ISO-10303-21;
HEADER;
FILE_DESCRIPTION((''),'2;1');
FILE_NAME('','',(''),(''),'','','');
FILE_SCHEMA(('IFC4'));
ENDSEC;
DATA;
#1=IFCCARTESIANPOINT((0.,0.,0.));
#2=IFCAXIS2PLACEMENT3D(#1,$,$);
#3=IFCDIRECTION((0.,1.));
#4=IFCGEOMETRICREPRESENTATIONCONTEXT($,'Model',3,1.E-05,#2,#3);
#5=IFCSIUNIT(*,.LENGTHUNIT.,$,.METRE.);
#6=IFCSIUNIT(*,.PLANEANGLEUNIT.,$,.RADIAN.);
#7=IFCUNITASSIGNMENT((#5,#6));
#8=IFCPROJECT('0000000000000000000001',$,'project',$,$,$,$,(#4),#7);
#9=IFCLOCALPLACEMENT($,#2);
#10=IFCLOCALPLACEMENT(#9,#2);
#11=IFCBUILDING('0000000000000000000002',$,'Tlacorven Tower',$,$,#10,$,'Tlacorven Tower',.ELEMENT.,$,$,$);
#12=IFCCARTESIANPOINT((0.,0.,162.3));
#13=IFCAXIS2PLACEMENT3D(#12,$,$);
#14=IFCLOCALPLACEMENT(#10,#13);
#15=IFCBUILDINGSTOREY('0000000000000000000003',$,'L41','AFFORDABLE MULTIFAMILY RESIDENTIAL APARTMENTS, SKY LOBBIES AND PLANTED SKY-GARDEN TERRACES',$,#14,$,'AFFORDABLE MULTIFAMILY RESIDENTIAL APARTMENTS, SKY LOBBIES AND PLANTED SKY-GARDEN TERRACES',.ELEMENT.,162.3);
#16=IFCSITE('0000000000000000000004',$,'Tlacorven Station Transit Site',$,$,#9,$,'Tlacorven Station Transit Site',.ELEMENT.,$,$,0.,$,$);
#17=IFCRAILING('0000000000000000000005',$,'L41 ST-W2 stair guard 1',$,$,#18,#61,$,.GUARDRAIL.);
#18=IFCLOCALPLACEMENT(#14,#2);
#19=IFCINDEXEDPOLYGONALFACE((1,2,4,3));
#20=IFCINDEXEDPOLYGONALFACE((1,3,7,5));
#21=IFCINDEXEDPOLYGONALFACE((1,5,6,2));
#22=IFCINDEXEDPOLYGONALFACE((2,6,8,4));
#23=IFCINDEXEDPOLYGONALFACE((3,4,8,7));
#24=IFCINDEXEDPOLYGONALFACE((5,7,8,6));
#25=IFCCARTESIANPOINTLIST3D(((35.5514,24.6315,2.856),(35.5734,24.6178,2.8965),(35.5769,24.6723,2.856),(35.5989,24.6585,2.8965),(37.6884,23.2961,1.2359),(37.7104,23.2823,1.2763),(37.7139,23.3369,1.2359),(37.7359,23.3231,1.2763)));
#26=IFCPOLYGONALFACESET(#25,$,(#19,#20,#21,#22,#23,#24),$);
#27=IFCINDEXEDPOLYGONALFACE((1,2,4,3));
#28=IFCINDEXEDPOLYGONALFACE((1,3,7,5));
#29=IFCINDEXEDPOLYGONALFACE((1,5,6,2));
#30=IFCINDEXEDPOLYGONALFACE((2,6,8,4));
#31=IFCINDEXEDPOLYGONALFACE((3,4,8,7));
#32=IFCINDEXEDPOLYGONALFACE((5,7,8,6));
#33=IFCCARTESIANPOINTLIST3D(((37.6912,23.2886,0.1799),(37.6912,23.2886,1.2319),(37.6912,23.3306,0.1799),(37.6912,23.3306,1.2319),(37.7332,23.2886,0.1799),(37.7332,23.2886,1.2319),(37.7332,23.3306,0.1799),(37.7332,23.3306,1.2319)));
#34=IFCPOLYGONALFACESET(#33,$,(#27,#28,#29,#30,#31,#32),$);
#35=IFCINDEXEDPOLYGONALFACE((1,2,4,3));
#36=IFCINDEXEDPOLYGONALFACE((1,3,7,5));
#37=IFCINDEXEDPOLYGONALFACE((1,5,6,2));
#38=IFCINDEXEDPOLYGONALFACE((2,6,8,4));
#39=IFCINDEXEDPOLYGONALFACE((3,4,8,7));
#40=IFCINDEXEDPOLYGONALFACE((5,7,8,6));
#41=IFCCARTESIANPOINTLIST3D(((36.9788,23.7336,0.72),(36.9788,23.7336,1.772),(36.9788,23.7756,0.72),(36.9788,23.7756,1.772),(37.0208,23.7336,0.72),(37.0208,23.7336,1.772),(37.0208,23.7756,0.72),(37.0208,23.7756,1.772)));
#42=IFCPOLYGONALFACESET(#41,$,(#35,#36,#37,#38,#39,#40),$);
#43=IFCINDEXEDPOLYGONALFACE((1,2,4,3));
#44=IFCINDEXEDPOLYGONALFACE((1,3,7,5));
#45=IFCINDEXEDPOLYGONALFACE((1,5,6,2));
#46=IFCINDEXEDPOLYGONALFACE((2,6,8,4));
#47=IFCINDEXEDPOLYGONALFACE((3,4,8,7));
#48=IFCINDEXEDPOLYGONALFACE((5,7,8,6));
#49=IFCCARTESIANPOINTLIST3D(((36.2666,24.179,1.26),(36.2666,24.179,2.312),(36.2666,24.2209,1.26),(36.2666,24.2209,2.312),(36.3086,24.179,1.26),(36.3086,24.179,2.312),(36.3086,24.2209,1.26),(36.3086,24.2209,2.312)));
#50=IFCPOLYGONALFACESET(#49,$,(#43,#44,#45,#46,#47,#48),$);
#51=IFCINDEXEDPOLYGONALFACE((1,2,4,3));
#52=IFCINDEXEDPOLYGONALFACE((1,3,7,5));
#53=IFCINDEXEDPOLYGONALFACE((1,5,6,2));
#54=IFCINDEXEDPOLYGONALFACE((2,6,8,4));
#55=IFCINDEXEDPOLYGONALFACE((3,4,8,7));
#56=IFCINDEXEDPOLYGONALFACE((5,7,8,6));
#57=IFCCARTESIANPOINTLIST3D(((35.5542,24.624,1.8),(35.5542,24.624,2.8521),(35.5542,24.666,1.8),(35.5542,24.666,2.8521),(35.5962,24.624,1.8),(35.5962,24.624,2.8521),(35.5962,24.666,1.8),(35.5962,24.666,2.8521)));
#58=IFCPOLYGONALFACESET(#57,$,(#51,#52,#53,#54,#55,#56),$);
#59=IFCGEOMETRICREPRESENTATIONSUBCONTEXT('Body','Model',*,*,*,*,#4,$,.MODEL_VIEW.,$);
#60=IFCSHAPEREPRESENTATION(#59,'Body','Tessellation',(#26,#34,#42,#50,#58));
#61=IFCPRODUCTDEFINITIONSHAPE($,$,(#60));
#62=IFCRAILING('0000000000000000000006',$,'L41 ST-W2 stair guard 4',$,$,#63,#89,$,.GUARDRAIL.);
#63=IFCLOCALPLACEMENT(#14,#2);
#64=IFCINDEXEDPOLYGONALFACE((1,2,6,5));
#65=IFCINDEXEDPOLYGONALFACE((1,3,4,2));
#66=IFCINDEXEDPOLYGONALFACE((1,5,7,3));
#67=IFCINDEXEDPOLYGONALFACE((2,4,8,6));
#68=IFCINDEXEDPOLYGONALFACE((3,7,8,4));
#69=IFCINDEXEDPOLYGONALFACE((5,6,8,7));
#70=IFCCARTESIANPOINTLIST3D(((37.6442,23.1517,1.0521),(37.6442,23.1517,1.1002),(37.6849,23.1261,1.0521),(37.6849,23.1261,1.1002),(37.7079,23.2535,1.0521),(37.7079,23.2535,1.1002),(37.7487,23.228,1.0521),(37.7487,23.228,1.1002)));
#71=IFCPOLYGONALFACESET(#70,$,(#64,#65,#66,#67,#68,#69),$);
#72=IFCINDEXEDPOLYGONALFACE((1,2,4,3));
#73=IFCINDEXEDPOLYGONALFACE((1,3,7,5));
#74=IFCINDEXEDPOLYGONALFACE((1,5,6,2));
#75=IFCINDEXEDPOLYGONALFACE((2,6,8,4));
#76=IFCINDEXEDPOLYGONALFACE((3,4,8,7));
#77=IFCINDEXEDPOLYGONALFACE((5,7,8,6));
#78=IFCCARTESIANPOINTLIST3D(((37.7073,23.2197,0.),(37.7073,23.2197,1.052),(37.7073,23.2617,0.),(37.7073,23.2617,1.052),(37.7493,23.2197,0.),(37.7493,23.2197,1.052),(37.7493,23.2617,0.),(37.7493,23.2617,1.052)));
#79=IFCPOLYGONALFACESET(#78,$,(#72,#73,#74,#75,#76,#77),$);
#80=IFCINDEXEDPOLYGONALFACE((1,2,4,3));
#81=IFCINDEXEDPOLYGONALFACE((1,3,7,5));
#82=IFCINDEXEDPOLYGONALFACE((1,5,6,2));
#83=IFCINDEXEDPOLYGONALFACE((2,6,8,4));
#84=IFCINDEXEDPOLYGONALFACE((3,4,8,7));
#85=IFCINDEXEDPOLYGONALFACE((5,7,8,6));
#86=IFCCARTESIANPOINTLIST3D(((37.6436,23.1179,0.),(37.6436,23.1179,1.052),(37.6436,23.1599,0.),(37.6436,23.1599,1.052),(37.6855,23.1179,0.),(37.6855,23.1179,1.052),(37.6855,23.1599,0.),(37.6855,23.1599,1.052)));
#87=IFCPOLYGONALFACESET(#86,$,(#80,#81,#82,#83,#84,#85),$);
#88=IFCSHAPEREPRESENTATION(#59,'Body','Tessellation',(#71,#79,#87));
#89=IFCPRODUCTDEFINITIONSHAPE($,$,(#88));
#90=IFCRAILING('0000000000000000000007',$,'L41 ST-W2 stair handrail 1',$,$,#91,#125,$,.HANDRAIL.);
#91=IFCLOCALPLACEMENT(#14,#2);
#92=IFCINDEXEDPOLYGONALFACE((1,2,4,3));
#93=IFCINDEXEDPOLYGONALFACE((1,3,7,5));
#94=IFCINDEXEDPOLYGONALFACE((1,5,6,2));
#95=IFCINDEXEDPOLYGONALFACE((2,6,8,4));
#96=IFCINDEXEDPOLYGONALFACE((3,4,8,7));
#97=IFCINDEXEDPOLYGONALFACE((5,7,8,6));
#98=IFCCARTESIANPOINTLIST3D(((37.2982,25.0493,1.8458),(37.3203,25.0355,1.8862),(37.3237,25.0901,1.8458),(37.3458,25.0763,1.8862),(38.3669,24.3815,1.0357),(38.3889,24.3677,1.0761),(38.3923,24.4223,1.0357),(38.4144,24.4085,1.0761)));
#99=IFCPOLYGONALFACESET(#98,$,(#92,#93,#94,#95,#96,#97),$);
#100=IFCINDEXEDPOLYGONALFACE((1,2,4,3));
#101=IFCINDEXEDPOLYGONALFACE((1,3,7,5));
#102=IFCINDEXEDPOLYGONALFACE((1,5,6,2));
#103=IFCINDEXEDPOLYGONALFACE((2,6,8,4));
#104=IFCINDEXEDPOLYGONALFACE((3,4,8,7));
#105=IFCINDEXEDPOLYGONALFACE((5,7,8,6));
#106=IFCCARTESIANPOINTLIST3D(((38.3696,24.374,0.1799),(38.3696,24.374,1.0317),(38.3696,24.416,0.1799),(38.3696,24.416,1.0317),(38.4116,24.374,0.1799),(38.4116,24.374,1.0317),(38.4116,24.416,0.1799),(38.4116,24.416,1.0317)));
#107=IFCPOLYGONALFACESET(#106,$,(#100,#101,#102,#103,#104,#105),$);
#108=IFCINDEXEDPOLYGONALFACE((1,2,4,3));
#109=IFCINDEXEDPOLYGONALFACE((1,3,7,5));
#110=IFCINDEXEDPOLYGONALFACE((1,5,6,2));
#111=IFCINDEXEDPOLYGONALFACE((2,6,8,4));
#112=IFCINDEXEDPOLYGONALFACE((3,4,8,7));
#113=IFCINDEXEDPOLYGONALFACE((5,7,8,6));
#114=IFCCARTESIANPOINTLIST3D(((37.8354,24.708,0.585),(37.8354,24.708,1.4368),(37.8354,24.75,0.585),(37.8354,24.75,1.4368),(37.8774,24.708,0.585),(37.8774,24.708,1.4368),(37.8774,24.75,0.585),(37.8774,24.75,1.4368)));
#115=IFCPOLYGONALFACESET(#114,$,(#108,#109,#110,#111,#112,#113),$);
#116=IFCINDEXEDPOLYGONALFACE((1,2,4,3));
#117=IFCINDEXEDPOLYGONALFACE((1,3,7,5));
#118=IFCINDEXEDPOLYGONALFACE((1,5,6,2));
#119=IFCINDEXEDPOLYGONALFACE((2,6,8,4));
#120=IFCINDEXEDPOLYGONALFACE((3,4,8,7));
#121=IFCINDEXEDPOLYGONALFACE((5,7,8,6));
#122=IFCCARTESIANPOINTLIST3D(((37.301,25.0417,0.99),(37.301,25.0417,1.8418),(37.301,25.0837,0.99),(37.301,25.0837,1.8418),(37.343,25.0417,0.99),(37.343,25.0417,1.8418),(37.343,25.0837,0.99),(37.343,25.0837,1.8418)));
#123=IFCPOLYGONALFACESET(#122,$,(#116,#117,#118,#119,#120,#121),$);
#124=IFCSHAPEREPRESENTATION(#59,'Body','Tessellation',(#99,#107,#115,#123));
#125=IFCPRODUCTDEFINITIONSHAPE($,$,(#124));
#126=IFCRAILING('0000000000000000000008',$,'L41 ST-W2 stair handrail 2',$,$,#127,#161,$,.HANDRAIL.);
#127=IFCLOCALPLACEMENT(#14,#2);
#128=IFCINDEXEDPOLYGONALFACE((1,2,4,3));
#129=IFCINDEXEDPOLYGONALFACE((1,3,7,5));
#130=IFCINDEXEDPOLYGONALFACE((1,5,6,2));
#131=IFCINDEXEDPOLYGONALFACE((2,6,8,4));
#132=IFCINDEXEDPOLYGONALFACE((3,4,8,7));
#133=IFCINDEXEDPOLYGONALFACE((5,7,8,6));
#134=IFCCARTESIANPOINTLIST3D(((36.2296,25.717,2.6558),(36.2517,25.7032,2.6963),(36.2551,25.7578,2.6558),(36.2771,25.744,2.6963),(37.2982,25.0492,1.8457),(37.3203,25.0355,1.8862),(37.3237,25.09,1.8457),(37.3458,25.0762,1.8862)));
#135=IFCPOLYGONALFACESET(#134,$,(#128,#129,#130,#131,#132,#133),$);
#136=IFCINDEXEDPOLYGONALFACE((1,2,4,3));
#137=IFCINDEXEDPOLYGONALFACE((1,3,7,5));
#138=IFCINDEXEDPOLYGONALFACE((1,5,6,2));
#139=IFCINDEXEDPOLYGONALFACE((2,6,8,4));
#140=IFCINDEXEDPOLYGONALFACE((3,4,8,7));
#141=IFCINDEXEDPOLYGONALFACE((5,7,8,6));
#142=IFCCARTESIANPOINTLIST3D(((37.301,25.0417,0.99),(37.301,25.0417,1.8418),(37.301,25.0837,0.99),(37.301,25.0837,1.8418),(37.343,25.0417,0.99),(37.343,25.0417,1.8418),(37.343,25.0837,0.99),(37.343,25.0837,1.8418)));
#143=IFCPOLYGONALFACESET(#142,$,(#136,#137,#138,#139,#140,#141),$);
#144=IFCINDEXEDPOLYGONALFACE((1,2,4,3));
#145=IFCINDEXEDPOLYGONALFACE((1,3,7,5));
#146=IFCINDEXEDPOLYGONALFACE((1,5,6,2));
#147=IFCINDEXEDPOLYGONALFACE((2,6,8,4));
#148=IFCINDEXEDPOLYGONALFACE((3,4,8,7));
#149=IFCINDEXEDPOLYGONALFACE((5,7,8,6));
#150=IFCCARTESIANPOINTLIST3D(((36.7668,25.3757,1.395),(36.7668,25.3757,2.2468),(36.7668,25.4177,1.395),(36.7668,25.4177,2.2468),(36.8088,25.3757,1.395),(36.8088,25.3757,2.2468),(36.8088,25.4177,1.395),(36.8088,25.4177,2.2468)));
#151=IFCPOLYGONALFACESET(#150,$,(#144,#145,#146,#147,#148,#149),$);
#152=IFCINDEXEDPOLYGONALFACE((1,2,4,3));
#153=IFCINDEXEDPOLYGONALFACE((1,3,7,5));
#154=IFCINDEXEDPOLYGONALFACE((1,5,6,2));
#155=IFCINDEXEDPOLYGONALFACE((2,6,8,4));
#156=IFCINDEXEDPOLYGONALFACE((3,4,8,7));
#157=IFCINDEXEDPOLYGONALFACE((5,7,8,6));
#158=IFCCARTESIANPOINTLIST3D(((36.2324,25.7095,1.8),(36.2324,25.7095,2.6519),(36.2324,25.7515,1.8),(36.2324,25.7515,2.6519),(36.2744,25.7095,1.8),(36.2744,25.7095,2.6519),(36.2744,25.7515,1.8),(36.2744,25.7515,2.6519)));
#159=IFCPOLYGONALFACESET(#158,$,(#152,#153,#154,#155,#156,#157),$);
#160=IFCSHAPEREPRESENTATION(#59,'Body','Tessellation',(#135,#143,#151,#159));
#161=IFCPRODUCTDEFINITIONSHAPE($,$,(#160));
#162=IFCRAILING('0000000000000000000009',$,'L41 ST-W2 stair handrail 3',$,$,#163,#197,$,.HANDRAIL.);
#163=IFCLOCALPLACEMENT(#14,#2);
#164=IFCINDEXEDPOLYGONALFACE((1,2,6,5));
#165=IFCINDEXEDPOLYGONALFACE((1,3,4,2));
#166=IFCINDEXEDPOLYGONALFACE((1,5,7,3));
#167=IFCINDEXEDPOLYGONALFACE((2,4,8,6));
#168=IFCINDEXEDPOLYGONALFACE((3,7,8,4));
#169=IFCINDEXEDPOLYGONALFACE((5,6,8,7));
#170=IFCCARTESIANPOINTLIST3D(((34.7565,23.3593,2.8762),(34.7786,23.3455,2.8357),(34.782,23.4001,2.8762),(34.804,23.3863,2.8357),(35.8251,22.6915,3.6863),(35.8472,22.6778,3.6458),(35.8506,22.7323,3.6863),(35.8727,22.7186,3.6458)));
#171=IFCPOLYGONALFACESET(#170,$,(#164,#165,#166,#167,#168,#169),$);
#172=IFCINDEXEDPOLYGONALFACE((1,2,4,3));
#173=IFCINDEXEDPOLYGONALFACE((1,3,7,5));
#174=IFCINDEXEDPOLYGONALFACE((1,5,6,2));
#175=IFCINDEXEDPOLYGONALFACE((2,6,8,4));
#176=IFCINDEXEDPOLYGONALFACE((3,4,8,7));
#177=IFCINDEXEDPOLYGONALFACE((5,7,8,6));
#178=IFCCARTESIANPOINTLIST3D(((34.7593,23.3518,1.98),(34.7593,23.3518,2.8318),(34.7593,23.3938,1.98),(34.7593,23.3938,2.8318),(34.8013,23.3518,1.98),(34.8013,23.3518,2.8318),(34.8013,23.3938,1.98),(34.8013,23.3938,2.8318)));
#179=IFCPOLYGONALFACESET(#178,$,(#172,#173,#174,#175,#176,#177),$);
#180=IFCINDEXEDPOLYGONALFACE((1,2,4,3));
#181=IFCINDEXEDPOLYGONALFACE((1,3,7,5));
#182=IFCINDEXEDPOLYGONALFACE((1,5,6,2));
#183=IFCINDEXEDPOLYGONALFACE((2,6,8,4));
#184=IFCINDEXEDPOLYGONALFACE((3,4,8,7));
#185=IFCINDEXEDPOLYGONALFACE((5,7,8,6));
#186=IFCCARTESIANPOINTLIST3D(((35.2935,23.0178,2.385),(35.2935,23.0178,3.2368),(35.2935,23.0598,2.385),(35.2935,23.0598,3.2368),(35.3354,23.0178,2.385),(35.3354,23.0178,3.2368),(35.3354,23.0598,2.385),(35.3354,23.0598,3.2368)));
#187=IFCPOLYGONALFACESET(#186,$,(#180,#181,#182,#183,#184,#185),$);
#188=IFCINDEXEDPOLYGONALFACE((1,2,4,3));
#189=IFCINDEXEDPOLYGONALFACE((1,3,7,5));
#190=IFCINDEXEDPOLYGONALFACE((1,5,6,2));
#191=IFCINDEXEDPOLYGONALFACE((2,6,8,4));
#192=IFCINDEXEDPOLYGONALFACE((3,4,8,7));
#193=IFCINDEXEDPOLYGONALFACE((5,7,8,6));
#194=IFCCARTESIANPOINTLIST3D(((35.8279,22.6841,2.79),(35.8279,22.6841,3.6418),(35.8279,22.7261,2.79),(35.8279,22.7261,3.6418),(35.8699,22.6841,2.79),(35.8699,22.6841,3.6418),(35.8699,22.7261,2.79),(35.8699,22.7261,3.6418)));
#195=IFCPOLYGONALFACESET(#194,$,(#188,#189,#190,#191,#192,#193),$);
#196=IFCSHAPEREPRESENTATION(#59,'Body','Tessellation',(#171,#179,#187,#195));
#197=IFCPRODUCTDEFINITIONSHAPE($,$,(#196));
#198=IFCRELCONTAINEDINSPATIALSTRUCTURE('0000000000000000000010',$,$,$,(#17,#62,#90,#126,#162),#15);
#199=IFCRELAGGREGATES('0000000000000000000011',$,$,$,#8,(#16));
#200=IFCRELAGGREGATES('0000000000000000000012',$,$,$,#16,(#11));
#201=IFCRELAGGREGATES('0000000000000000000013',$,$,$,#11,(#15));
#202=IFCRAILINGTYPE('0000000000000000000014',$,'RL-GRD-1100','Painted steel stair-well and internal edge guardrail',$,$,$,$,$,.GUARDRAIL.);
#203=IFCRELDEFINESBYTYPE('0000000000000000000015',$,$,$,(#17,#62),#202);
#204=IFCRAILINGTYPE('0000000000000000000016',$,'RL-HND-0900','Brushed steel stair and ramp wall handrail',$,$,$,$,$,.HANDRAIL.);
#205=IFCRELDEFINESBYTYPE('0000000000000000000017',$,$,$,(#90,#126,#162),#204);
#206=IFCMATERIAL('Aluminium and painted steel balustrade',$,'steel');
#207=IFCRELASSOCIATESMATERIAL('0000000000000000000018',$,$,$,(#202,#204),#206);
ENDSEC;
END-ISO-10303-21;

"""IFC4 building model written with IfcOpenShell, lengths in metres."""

from ifc_helpers import new_model, si_unit, direction, frame, origin, origin_2d, place, context, subcontext, project, spatial, rectangle, extrude, source, transform, mapped, material, type_object, element, save


model = new_model("IFC4")

# Units and contexts
model_context = context("Model", 3, precision=1e-05, world=origin(), true_north=direction((0.0, 1.0)))
body_context = subcontext(model_context, "Body", "Model", "MODEL_VIEW")
ifc_project = project(units=[si_unit("LENGTHUNIT", "METRE"), si_unit("PLANEANGLEUNIT", "RADIAN")], contexts=[model_context])

# Site, building, storey
site_placement = place(None, origin())
site = spatial("IfcSite", under=ifc_project, at=site_placement, Name="Tlacorven Station Transit Site", LongName="Tlacorven Station Transit Site", CompositionType="ELEMENT", RefElevation=0.0)
building_placement = place(site_placement, origin())
building = spatial("IfcBuilding", under=site, at=building_placement, Name="Tlacorven Tower", LongName="Tlacorven Tower", CompositionType="ELEMENT")
storey_placement = place(building_placement, frame((0.0, 0.0, 162.3)))
storey = spatial("IfcBuildingStorey", under=building, at=storey_placement, Name="L41", Description="AFFORDABLE MULTIFAMILY RESIDENTIAL APARTMENTS, SKY LOBBIES AND PLANTED SKY-GARDEN TERRACES", LongName="AFFORDABLE MULTIFAMILY RESIDENTIAL APARTMENTS, SKY LOBBIES AND PLANTED SKY-GARDEN TERRACES", CompositionType="ELEMENT", Elevation=162.3)

# Railings
ifc_material_1 = material(Name="Aluminium and painted steel balustrade", Category="steel")
railing_type_1 = type_object("IfcRailingType", Name="RL-GRD-1100", Description="Painted steel stair-well and internal edge guardrail", PredefinedType="GUARDRAIL", material=ifc_material_1)
shared_shape_1 = source(origin(), body_context, "Body", "SweptSolid", [
    extrude(rectangle(XDim=0.0481, YDim=0.0481, at=origin_2d()), frame((0.0, 0.0, 1.0762), z_axis=(-0.71332, 0.445774, 0.540796), x_axis=(-0.529955, -0.848026, 0.0)), (0.0, 0.0, 1.0), 2.9958),
    extrude(rectangle(XDim=0.042, YDim=0.042, at=origin_2d()), origin(), (0.0, 0.0, 1.0), 1.052),
    extrude(rectangle(XDim=0.042, YDim=0.042, at=origin_2d()), frame((-0.7124, 0.4451, 0.54)), (0.0, 0.0, 1.0), 1.052),
    extrude(rectangle(XDim=0.042, YDim=0.042, at=origin_2d()), frame((-1.4246, 0.8904, 1.0801)), (0.0, 0.0, 1.0), 1.052),
    extrude(rectangle(XDim=0.042, YDim=0.042, at=origin_2d()), frame((-2.137, 1.3354, 1.6201)), (0.0, 0.0, 1.0), 1.052),
])
railing_1_placement = place(storey_placement, frame((37.7122, 23.3096, 0.1799)))
element("IfcRailing", 1, at=railing_1_placement, inside=storey, type_object=railing_type_1, Name="L41 ST-W2 stair guard 1", PredefinedType="GUARDRAIL", context=body_context, shape_type="MappedRepresentation", body=[
    mapped(shared_shape_1, transform((0.0, 0.0, 0.0), scale=1.0)),
])
shared_shape_2 = source(origin(), body_context, "Body", "SweptSolid", [
    extrude(rectangle(XDim=0.0481, YDim=0.0481, at=origin_2d()), frame((0.0, 0.0, 1.0762), z_axis=(-0.530547, -0.847656, 0.0), x_axis=(0.847656, -0.530547, 0.0)), (0.0, 0.0, 1.0), 0.1201),
    extrude(rectangle(XDim=0.042, YDim=0.042, at=origin_2d()), origin(), (0.0, 0.0, 1.0), 1.052),
    extrude(rectangle(XDim=0.042, YDim=0.042, at=origin_2d()), frame((-0.0637, -0.1018, 0.0)), (0.0, 0.0, 1.0), 1.052),
])
railing_2_placement = place(storey_placement, frame((37.7283, 23.2407, 0.0)))
element("IfcRailing", 2, at=railing_2_placement, inside=storey, type_object=railing_type_1, Name="L41 ST-W2 stair guard 4", PredefinedType="GUARDRAIL", context=body_context, shape_type="MappedRepresentation", body=[
    mapped(shared_shape_2, transform((0.0, 0.0, 0.0), scale=1.0)),
])
railing_type_2 = type_object("IfcRailingType", Name="RL-HND-0900", Description="Brushed steel stair and ramp wall handrail", PredefinedType="HANDRAIL", material=ifc_material_1)
shared_shape_3 = source(origin(), body_context, "Body", "SweptSolid", [
    extrude(rectangle(XDim=0.0481, YDim=0.0481, at=origin_2d()), frame((0.0, 0.0, 0.876), z_axis=(-0.71336, 0.445748, 0.540765), x_axis=(-0.529912, -0.848053, 0.0)), (0.0, 0.0, 1.0), 1.498),
    extrude(rectangle(XDim=0.042, YDim=0.042, at=origin_2d()), origin(), (0.0, 0.0, 1.0), 0.8518),
    extrude(rectangle(XDim=0.042, YDim=0.042, at=origin_2d()), frame((-0.5342, 0.334, 0.405)), (0.0, 0.0, 1.0), 0.8518),
    extrude(rectangle(XDim=0.042, YDim=0.042, at=origin_2d()), frame((-1.0686, 0.6677, 0.8101)), (0.0, 0.0, 1.0), 0.8518),
])
for number, where, name in (
    (3, (38.3906, 24.395, 0.1799), "L41 ST-W2 stair handrail 1"),
    (4, (37.322, 25.0627, 0.99), "L41 ST-W2 stair handrail 2"),
):
    element("IfcRailing", number, at=place(storey_placement, frame(where)), inside=storey, type_object=railing_type_2, Name=name, PredefinedType="HANDRAIL", context=body_context, shape_type="MappedRepresentation", body=[
        mapped(shared_shape_3, transform((0.0, 0.0, 0.0), scale=1.0)),
    ])
shared_shape_4 = source(origin(), body_context, "Body", "SweptSolid", [
    extrude(rectangle(XDim=0.0481, YDim=0.0481, at=origin_2d()), frame((0.0, 0.0, 0.876), z_axis=(0.71336, -0.445748, 0.540765), x_axis=(0.529912, 0.848053, 0.0)), (0.0, 0.0, 1.0), 1.498),
    extrude(rectangle(XDim=0.042, YDim=0.042, at=origin_2d()), origin(), (0.0, 0.0, 1.0), 0.8518),
    extrude(rectangle(XDim=0.042, YDim=0.042, at=origin_2d()), frame((0.5342, -0.334, 0.405)), (0.0, 0.0, 1.0), 0.8518),
    extrude(rectangle(XDim=0.042, YDim=0.042, at=origin_2d()), frame((1.0686, -0.6677, 0.8101)), (0.0, 0.0, 1.0), 0.8518),
])
railing_3_placement = place(storey_placement, frame((34.7803, 23.3728, 1.98)))
element("IfcRailing", 5, at=railing_3_placement, inside=storey, type_object=railing_type_2, Name="L41 ST-W2 stair handrail 3", PredefinedType="HANDRAIL", context=body_context, shape_type="MappedRepresentation", body=[
    mapped(shared_shape_4, transform((0.0, 0.0, 0.0), scale=1.0)),
])

save(model, "model.ifc")
